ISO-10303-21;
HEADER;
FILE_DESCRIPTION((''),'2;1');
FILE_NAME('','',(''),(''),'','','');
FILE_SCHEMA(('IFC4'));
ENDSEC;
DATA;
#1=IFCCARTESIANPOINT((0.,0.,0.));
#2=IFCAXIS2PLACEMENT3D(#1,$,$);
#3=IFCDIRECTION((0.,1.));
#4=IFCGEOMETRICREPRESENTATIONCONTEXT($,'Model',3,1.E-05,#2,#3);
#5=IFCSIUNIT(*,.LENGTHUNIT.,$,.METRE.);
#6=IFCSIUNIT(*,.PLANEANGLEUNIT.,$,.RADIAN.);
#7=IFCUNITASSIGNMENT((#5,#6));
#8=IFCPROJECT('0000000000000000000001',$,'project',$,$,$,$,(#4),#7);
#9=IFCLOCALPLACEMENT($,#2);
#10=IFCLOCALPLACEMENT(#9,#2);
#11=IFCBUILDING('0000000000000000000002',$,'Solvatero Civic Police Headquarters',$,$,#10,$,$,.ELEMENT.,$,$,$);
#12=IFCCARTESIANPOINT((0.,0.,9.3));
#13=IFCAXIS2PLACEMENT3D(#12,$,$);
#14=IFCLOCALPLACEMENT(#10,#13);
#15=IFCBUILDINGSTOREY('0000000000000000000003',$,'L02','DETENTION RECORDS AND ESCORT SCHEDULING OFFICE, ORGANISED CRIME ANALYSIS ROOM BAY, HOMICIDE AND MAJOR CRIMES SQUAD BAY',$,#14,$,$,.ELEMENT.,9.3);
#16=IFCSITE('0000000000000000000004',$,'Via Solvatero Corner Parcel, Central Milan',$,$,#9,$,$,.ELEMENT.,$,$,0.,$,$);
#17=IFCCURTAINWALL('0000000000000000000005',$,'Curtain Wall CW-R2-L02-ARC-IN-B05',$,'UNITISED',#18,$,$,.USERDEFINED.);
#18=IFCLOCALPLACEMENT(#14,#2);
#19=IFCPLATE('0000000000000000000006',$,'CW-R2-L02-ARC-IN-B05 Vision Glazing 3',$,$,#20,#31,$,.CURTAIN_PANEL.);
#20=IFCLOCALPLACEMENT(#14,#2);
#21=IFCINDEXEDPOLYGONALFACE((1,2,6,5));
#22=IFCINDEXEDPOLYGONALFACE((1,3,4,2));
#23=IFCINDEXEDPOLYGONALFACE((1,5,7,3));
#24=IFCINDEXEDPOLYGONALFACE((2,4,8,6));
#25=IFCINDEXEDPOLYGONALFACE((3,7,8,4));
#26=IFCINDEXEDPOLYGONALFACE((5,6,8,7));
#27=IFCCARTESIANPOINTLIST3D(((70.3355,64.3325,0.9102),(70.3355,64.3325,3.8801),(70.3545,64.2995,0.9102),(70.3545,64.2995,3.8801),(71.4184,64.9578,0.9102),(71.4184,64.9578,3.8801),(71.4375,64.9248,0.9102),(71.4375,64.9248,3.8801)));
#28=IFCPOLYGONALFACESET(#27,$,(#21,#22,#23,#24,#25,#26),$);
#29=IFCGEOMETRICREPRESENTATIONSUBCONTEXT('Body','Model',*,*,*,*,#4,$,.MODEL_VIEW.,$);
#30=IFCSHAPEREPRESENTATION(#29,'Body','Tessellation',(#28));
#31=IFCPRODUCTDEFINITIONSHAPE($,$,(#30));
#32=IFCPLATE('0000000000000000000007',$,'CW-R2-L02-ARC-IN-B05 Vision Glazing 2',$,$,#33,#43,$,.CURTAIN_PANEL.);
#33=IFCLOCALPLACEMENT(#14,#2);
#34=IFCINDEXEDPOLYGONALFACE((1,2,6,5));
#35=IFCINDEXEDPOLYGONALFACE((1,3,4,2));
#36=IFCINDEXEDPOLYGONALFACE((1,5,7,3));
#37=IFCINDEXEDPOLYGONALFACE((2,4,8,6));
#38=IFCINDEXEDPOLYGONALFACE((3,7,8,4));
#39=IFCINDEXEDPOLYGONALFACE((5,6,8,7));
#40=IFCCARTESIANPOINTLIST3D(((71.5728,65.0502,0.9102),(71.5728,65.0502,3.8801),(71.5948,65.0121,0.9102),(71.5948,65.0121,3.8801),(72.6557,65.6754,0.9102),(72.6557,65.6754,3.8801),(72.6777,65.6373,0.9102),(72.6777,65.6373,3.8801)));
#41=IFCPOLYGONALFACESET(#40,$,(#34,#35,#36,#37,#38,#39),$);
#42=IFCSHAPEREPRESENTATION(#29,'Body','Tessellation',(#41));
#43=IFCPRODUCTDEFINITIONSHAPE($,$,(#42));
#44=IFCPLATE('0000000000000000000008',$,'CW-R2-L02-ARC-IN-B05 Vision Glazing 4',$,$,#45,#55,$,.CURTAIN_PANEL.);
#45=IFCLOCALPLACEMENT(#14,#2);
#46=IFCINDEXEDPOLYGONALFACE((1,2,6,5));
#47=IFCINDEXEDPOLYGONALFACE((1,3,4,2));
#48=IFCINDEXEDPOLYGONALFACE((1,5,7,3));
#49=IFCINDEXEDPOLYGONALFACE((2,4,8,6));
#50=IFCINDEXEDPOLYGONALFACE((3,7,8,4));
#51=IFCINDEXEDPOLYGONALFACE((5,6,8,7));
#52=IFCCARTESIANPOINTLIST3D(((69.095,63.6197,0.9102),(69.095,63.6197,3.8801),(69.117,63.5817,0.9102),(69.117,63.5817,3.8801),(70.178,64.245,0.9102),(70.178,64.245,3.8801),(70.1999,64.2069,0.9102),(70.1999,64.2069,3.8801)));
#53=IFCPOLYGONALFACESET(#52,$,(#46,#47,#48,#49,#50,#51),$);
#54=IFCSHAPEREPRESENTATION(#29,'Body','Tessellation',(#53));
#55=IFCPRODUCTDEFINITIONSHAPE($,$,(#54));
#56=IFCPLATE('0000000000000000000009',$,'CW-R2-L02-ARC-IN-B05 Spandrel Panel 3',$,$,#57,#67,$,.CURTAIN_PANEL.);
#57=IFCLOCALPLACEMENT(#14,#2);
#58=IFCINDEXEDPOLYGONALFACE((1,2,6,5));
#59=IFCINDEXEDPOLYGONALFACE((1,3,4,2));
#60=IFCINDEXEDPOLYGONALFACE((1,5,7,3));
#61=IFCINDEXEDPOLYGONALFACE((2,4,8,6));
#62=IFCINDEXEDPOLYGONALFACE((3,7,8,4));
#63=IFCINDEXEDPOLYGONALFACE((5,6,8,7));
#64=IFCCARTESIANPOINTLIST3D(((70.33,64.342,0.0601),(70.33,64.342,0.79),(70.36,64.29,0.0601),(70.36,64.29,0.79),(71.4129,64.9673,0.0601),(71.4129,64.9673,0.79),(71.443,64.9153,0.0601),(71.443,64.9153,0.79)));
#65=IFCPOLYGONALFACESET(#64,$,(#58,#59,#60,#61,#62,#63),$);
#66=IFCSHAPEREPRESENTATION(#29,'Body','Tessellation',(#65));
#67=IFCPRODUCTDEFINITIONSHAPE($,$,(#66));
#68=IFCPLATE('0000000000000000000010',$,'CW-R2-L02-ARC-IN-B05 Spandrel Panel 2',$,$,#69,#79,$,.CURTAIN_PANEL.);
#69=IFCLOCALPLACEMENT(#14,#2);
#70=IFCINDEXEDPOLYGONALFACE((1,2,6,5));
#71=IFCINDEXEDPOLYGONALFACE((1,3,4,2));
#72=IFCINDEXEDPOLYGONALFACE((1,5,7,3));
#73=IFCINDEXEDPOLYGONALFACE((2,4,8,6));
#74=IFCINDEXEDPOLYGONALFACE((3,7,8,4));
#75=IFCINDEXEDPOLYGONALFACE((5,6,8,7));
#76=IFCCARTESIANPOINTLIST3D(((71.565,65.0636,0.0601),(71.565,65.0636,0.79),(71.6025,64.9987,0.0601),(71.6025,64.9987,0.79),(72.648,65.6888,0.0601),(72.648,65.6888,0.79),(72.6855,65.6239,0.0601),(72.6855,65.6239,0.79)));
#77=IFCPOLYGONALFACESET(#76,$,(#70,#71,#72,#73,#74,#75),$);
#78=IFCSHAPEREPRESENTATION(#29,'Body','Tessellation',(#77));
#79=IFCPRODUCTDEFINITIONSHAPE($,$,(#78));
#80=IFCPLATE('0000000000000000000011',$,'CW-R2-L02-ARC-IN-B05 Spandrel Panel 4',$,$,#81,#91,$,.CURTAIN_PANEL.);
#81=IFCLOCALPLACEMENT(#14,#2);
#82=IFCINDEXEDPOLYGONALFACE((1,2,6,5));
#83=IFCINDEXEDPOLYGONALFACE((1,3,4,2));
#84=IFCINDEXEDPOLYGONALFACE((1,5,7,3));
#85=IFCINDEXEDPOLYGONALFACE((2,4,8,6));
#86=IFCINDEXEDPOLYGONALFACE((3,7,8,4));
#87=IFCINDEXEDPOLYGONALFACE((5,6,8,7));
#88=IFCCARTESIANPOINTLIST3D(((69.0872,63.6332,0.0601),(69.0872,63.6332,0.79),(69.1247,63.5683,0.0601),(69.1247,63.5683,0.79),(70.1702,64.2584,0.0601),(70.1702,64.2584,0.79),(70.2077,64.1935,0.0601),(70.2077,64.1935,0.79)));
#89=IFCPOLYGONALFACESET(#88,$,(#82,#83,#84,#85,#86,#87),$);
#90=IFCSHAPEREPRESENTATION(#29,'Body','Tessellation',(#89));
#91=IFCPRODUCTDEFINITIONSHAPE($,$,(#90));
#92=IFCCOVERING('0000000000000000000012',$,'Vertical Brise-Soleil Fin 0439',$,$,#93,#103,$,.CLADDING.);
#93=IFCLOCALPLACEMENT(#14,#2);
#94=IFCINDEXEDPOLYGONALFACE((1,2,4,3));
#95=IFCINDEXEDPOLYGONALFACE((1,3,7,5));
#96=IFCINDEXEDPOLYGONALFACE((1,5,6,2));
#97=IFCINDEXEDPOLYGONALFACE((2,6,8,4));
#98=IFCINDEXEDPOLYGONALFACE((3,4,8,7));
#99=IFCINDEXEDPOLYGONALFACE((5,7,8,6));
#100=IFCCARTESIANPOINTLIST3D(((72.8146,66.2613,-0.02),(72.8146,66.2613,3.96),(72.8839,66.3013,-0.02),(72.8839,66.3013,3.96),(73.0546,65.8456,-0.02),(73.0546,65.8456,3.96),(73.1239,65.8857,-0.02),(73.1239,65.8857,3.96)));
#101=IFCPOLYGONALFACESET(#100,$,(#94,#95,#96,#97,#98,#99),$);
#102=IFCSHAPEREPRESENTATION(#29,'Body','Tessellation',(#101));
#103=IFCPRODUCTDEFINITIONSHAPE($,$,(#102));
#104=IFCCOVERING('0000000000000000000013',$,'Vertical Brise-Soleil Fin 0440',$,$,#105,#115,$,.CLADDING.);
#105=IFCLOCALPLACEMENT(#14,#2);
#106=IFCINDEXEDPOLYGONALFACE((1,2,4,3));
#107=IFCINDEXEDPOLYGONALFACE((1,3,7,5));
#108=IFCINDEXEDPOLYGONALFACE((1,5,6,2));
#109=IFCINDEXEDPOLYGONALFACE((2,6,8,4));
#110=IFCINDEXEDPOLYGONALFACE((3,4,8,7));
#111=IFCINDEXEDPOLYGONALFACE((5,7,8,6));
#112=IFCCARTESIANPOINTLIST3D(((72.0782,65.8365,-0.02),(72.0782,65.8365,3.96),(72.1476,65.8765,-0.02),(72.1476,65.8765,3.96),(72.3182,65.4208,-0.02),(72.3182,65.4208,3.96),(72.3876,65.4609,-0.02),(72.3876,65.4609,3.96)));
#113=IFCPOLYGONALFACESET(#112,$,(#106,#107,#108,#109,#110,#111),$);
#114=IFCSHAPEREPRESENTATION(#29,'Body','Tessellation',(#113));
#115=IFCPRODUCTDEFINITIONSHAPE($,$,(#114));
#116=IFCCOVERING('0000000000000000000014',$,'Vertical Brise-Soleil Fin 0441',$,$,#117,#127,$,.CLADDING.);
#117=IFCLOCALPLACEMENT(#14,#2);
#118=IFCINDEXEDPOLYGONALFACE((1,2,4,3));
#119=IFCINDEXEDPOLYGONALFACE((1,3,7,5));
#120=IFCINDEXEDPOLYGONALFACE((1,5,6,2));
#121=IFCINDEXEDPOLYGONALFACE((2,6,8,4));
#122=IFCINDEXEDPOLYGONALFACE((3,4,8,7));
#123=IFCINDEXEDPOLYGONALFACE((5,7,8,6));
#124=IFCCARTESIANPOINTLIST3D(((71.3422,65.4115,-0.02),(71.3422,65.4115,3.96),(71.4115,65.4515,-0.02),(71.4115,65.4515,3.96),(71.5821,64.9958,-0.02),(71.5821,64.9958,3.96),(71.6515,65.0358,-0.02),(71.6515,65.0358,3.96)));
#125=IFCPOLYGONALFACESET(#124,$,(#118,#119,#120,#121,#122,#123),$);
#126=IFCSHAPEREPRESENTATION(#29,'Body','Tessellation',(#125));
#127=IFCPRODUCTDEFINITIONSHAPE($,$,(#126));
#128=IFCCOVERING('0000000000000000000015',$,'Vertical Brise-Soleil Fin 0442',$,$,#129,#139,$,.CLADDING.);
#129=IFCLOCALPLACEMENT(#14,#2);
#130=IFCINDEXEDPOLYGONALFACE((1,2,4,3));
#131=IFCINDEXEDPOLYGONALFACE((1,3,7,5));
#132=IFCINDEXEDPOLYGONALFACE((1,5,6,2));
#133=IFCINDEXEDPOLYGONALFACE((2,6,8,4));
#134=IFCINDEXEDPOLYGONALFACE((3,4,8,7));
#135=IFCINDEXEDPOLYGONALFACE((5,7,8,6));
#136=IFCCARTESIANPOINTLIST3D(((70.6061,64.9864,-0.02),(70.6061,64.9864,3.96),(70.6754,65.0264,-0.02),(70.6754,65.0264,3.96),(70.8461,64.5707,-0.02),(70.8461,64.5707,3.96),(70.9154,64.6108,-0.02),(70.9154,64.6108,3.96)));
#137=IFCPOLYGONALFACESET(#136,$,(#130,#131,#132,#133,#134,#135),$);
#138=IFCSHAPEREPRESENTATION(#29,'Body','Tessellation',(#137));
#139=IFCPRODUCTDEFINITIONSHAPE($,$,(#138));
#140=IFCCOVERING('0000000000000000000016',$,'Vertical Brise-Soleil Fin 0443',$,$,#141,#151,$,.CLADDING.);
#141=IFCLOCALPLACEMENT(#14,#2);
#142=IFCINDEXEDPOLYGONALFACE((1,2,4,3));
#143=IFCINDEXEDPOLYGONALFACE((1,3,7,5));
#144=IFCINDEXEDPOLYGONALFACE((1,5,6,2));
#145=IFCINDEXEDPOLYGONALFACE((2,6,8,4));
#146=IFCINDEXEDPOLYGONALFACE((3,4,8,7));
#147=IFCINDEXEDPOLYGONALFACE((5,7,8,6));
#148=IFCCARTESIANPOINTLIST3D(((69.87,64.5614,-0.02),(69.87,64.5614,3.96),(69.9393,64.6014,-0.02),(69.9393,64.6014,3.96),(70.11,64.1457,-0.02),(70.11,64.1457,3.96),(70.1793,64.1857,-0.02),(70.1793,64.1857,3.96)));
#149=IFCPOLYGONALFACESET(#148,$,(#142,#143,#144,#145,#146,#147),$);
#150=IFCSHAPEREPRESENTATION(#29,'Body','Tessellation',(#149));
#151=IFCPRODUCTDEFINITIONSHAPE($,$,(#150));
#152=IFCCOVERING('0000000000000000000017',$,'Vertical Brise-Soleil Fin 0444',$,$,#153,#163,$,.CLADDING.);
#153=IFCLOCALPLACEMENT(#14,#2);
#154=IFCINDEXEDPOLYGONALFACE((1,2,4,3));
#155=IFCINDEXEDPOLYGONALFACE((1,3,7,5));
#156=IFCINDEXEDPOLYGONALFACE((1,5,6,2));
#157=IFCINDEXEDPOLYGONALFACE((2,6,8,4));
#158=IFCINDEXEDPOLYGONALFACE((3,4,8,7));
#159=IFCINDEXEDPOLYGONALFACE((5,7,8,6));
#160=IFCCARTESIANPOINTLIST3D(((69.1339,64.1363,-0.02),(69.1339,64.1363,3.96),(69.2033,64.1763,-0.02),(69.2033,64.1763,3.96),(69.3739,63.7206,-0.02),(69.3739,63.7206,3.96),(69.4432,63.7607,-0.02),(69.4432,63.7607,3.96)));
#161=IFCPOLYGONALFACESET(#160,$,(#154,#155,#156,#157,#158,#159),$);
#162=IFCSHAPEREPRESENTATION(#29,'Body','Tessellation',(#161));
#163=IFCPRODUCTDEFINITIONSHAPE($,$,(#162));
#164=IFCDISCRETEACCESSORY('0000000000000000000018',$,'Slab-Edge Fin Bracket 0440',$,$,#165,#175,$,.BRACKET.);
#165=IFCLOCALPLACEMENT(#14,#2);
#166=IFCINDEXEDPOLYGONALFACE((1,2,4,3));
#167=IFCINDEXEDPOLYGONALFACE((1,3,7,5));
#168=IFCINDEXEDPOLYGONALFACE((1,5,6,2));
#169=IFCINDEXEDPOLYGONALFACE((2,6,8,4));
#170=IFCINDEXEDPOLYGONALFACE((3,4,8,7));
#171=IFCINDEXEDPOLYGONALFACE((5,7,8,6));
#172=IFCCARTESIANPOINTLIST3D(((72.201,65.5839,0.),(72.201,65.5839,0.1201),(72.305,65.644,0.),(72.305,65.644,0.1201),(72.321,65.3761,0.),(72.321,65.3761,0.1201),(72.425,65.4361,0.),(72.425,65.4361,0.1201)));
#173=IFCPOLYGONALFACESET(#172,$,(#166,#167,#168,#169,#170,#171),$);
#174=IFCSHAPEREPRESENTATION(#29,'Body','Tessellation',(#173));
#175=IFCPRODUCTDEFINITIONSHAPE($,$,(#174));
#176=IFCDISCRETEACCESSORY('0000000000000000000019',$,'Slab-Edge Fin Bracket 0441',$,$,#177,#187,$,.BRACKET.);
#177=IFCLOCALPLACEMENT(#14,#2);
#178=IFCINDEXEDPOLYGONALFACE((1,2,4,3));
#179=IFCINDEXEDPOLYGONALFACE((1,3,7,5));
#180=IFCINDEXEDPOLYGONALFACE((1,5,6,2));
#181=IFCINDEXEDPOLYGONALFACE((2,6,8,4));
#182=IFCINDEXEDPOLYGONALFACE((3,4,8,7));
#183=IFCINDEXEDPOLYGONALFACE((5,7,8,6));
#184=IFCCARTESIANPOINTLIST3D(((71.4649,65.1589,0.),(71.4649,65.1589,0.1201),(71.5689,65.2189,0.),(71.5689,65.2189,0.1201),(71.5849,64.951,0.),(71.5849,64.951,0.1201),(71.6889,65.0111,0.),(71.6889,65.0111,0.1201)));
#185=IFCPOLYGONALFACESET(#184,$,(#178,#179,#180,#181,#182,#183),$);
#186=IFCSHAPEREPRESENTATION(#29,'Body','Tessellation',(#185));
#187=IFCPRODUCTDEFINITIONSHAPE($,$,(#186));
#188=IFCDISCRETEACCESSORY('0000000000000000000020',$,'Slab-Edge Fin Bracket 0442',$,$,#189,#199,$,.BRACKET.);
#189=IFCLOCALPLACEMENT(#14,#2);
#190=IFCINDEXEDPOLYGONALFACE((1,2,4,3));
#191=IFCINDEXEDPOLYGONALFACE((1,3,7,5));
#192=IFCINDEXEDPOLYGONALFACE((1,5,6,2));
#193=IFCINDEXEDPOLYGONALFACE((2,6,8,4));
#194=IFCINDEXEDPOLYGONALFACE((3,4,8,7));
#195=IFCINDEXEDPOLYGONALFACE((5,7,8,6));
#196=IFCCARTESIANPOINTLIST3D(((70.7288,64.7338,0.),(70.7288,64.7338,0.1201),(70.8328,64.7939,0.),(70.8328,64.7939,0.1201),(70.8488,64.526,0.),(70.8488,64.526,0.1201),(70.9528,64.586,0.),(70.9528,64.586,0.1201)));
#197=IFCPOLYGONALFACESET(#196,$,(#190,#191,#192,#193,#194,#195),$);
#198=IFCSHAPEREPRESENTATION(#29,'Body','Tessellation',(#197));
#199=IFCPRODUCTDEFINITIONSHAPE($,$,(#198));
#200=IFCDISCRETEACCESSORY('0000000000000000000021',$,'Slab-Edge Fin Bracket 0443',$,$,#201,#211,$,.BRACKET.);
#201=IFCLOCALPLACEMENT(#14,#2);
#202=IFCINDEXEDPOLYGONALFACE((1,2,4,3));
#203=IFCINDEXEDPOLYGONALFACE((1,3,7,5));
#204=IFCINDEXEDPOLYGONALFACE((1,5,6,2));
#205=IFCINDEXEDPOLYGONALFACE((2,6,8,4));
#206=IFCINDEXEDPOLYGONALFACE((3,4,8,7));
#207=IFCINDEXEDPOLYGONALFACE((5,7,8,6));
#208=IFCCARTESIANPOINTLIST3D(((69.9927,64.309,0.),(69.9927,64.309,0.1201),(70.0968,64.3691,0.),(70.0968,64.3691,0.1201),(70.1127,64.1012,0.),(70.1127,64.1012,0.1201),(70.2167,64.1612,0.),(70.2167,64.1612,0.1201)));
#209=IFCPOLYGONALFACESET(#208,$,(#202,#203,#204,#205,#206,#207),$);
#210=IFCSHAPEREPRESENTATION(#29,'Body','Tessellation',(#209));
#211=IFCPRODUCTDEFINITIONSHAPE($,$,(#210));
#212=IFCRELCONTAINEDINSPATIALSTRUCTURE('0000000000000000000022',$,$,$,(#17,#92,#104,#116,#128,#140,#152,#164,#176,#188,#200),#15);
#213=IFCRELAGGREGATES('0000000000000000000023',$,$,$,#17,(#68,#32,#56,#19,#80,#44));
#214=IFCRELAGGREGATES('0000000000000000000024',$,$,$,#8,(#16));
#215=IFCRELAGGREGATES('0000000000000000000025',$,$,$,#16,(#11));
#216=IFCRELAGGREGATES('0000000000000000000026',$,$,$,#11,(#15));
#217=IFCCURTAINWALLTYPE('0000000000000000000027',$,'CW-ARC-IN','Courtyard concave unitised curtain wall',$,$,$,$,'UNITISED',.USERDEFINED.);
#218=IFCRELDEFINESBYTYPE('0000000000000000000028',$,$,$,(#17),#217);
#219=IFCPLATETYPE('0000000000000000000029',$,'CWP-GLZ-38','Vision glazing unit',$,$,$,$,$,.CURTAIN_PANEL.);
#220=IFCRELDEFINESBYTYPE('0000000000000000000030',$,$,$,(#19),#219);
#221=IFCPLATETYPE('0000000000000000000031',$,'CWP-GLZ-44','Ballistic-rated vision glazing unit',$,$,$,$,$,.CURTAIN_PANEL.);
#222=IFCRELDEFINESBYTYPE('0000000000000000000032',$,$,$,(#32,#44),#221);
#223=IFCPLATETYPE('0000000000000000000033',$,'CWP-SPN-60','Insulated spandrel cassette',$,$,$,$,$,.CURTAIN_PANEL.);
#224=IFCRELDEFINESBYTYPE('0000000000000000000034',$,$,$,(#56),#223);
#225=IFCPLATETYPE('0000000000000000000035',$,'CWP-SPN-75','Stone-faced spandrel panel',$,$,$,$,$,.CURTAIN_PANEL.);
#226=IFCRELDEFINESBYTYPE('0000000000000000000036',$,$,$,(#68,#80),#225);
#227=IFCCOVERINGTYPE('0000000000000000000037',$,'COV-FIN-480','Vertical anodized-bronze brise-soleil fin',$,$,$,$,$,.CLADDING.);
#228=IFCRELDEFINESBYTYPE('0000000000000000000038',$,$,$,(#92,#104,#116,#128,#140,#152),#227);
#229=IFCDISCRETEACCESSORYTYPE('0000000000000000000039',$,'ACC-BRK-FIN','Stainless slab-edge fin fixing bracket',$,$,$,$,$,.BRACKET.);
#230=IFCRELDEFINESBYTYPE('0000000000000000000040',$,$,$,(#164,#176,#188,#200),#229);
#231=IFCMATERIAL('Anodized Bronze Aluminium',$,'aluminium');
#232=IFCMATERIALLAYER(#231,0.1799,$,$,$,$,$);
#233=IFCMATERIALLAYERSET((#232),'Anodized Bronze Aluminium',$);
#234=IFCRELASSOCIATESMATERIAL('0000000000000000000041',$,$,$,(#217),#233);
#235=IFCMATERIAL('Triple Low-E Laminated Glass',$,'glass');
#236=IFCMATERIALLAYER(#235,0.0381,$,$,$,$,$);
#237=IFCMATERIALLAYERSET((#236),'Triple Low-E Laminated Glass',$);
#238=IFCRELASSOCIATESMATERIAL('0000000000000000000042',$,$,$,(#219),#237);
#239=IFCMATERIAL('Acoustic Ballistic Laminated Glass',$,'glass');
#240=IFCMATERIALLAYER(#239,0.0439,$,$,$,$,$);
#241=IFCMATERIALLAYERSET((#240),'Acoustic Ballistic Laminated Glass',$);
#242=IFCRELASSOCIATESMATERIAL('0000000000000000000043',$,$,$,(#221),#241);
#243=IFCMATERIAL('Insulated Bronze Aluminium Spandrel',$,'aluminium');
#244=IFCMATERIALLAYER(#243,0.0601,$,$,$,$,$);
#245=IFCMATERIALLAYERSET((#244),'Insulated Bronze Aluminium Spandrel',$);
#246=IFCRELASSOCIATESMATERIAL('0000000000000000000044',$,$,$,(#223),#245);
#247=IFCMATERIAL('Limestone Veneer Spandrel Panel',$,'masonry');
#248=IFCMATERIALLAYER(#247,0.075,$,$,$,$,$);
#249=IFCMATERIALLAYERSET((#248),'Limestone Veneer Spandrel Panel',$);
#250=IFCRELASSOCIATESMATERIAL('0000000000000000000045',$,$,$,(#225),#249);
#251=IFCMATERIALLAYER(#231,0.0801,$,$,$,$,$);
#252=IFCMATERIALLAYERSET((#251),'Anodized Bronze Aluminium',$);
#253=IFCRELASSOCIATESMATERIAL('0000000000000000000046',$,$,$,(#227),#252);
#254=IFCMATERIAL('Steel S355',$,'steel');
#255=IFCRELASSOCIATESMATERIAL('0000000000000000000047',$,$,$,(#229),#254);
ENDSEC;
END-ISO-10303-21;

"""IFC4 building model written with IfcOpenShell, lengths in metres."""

from ifc_helpers import new_model, si_unit, direction, frame, origin, origin_2d, place, context, subcontext, project, spatial, rectangle, extrude, material, layer, layer_set, type_object, element, aggregate, save


model = new_model("IFC4")

# Units and contexts
model_context = context("Model", 3, precision=1e-05, world=origin(), true_north=direction((0.0, 1.0)))
body_context = subcontext(model_context, "Body", "Model", "MODEL_VIEW")
ifc_project = project(units=[si_unit("LENGTHUNIT", "METRE"), si_unit("PLANEANGLEUNIT", "RADIAN")], contexts=[model_context])

# Site, building, storey
site_placement = place(None, origin())
site = spatial("IfcSite", under=ifc_project, at=site_placement, Name="Via Solvatero Corner Parcel, Central Milan", CompositionType="ELEMENT", RefElevation=0.0)
building_placement = place(site_placement, origin())
building = spatial("IfcBuilding", under=site, at=building_placement, Name="Solvatero Civic Police Headquarters", CompositionType="ELEMENT")
storey_placement = place(building_placement, frame((0.0, 0.0, 9.3)))
storey = spatial("IfcBuildingStorey", under=building, at=storey_placement, Name="L02", Description="DETENTION RECORDS AND ESCORT SCHEDULING OFFICE, ORGANISED CRIME ANALYSIS ROOM BAY, HOMICIDE AND MAJOR CRIMES SQUAD BAY", CompositionType="ELEMENT", Elevation=9.3)

# Shared definitions
ifc_material_1 = material(Name="Steel S355", Category="steel")

# Curtain wall, plates
ifc_material_2 = material(Name="Anodized Bronze Aluminium", Category="aluminium")
ifc_layer_1 = layer(ifc_material_2, 0.1799)
ifc_layer_set_1 = layer_set([ifc_layer_1], Name="Anodized Bronze Aluminium")
curtain_wall_type = type_object("IfcCurtainWallType", Name="CW-ARC-IN", Description="Courtyard concave unitised curtain wall", ElementType="UNITISED", PredefinedType="USERDEFINED", material=ifc_layer_set_1)
curtain_wall_placement = place(storey_placement, origin())
curtain_wall = element("IfcCurtainWall", 1, at=curtain_wall_placement, inside=storey, type_object=curtain_wall_type, Name="Curtain Wall CW-R2-L02-ARC-IN-B05", ObjectType="UNITISED", PredefinedType="USERDEFINED")
ifc_material_3 = material(Name="Triple Low-E Laminated Glass", Category="glass")
ifc_layer_2 = layer(ifc_material_3, 0.0381)
ifc_layer_set_2 = layer_set([ifc_layer_2], Name="Triple Low-E Laminated Glass")
plate_type_1 = type_object("IfcPlateType", Name="CWP-GLZ-38", Description="Vision glazing unit", PredefinedType="CURTAIN_PANEL", material=ifc_layer_set_2)
plate_1_placement = place(storey_placement, frame((70.8865, 64.6287, 0.9102), z_axis=(0.0, 0.0, 1.0), x_axis=(-0.866025, -0.5, 0.0)))
plate_1 = element("IfcPlate", 2, at=plate_1_placement, type_object=plate_type_1, Name="CW-R2-L02-ARC-IN-B05 Vision Glazing 3", PredefinedType="CURTAIN_PANEL", context=body_context, shape_type="SweptSolid", body=[
    extrude(rectangle(XDim=1.2505, YDim=0.0381, at=origin_2d()), origin(), (0.0, 0.0, 1.0), 2.97),
])
ifc_material_4 = material(Name="Acoustic Ballistic Laminated Glass", Category="glass")
ifc_layer_3 = layer(ifc_material_4, 0.0439)
ifc_layer_set_3 = layer_set([ifc_layer_3], Name="Acoustic Ballistic Laminated Glass")
plate_type_2 = type_object("IfcPlateType", Name="CWP-GLZ-44", Description="Ballistic-rated vision glazing unit", PredefinedType="CURTAIN_PANEL", material=ifc_layer_set_3)
plate_2_placement = place(storey_placement, frame((72.1252, 65.3438, 0.9102), z_axis=(0.0, 0.0, 1.0), x_axis=(-0.866025, -0.5, 0.0)))
plate_2 = element("IfcPlate", 3, at=plate_2_placement, type_object=plate_type_2, Name="CW-R2-L02-ARC-IN-B05 Vision Glazing 2", PredefinedType="CURTAIN_PANEL", context=body_context, shape_type="SweptSolid", body=[
    extrude(rectangle(XDim=1.2505, YDim=0.0439, at=origin_2d()), origin(), (0.0, 0.0, 1.0), 2.97),
])
plate_3_placement = place(storey_placement, frame((69.6475, 63.9133, 0.9102), z_axis=(0.0, 0.0, 1.0), x_axis=(-0.866025, -0.5, 0.0)))
plate_3 = element("IfcPlate", 4, at=plate_3_placement, type_object=plate_type_2, Name="CW-R2-L02-ARC-IN-B05 Vision Glazing 4", PredefinedType="CURTAIN_PANEL", context=body_context, shape_type="SweptSolid", body=[
    extrude(rectangle(XDim=1.2505, YDim=0.0439, at=origin_2d()), origin(), (0.0, 0.0, 1.0), 2.97),
])
ifc_material_5 = material(Name="Insulated Bronze Aluminium Spandrel", Category="aluminium")
ifc_layer_4 = layer(ifc_material_5, 0.0601)
ifc_layer_set_4 = layer_set([ifc_layer_4], Name="Insulated Bronze Aluminium Spandrel")
plate_type_3 = type_object("IfcPlateType", Name="CWP-SPN-60", Description="Insulated spandrel cassette", PredefinedType="CURTAIN_PANEL", material=ifc_layer_set_4)
plate_4_placement = place(storey_placement, frame((70.8865, 64.6287, 0.0601), z_axis=(0.0, 0.0, 1.0), x_axis=(-0.866025, -0.5, 0.0)))
plate_4 = element("IfcPlate", 5, at=plate_4_placement, type_object=plate_type_3, Name="CW-R2-L02-ARC-IN-B05 Spandrel Panel 3", PredefinedType="CURTAIN_PANEL", context=body_context, shape_type="SweptSolid", body=[
    extrude(rectangle(XDim=1.2505, YDim=0.0601, at=origin_2d()), origin(), (0.0, 0.0, 1.0), 0.73),
])
ifc_material_6 = material(Name="Limestone Veneer Spandrel Panel", Category="masonry")
ifc_layer_5 = layer(ifc_material_6, 0.075)
ifc_layer_set_5 = layer_set([ifc_layer_5], Name="Limestone Veneer Spandrel Panel")
plate_type_4 = type_object("IfcPlateType", Name="CWP-SPN-75", Description="Stone-faced spandrel panel", PredefinedType="CURTAIN_PANEL", material=ifc_layer_set_5)
plate_5_placement = place(storey_placement, frame((72.1252, 65.3438, 0.0601), z_axis=(0.0, 0.0, 1.0), x_axis=(-0.866025, -0.5, 0.0)))
plate_5 = element("IfcPlate", 6, at=plate_5_placement, type_object=plate_type_4, Name="CW-R2-L02-ARC-IN-B05 Spandrel Panel 2", PredefinedType="CURTAIN_PANEL", context=body_context, shape_type="SweptSolid", body=[
    extrude(rectangle(XDim=1.2505, YDim=0.075, at=origin_2d()), origin(), (0.0, 0.0, 1.0), 0.73),
])
plate_6_placement = place(storey_placement, frame((69.6475, 63.9133, 0.0601), z_axis=(0.0, 0.0, 1.0), x_axis=(-0.866025, -0.5, 0.0)))
plate_6 = element("IfcPlate", 7, at=plate_6_placement, type_object=plate_type_4, Name="CW-R2-L02-ARC-IN-B05 Spandrel Panel 4", PredefinedType="CURTAIN_PANEL", context=body_context, shape_type="SweptSolid", body=[
    extrude(rectangle(XDim=1.2505, YDim=0.075, at=origin_2d()), origin(), (0.0, 0.0, 1.0), 0.73),
])
aggregate(curtain_wall, [plate_5, plate_2, plate_4, plate_1, plate_6, plate_3])

# Coverings
ifc_layer_6 = layer(ifc_material_2, 0.0801)
ifc_layer_set_6 = layer_set([ifc_layer_6], Name="Anodized Bronze Aluminium")
covering_type = type_object("IfcCoveringType", Name="COV-FIN-480", Description="Vertical anodized-bronze brise-soleil fin", PredefinedType="CLADDING", material=ifc_layer_set_6)
for number, where, z_axis, x_axis, name in (
    (8, (72.9692, 66.0735, -0.02), (0.0, 0.0, 1.0), (-0.866025, -0.5, 0.0), "Vertical Brise-Soleil Fin 0439"),
    (9, (72.2329, 65.6487, -0.02), (0.0, 0.0, 1.0), (-0.866025, -0.5, 0.0), "Vertical Brise-Soleil Fin 0440"),
    (10, (71.4968, 65.2236, -0.02), (0.0, 0.0, 1.0), (-0.866025, -0.5, 0.0), "Vertical Brise-Soleil Fin 0441"),
    (11, (70.7607, 64.7986, -0.02), (0.0, 0.0, 1.0), (-0.866025, -0.5, 0.0), "Vertical Brise-Soleil Fin 0442"),
    (12, (70.0247, 64.3735, -0.02), (0.0, 0.0, 1.0), (-0.866025, -0.5, 0.0), "Vertical Brise-Soleil Fin 0443"),
    (13, (69.2886, 63.9485, -0.02), (0.0, 0.0, 1.0), (-0.866025, -0.5, 0.0), "Vertical Brise-Soleil Fin 0444"),
):
    element("IfcCovering", number, at=place(storey_placement, frame(where, z_axis=z_axis, x_axis=x_axis)), inside=storey, type_object=covering_type, Name=name, PredefinedType="CLADDING", context=body_context, shape_type="SweptSolid", body=[
        extrude(rectangle(XDim=0.0801, YDim=0.48, at=origin_2d()), origin(), (0.0, 0.0, 1.0), 3.98),
    ])

# Discrete accessories
discrete_accessory_type = type_object("IfcDiscreteAccessoryType", Name="ACC-BRK-FIN", Description="Stainless slab-edge fin fixing bracket", PredefinedType="BRACKET", material=ifc_material_1)
for number, where, z_axis, x_axis, name in (
    (14, (72.313, 65.51, 0.0), (0.0, 0.0, 1.0), (-0.866025, -0.5, 0.0), "Slab-Edge Fin Bracket 0440"),
    (15, (71.5769, 65.085, 0.0), (0.0, 0.0, 1.0), (-0.866025, -0.5, 0.0), "Slab-Edge Fin Bracket 0441"),
    (16, (70.8408, 64.6599, 0.0), (0.0, 0.0, 1.0), (-0.866025, -0.5, 0.0), "Slab-Edge Fin Bracket 0442"),
    (17, (70.1047, 64.2351, 0.0), (0.0, 0.0, 1.0), (-0.866025, -0.5, 0.0), "Slab-Edge Fin Bracket 0443"),
):
    element("IfcDiscreteAccessory", number, at=place(storey_placement, frame(where, z_axis=z_axis, x_axis=x_axis)), inside=storey, type_object=discrete_accessory_type, Name=name, PredefinedType="BRACKET", context=body_context, shape_type="SweptSolid", body=[
        extrude(rectangle(XDim=0.1201, YDim=0.24, at=origin_2d()), origin(), (0.0, 0.0, 1.0), 0.1201),
    ])

save(model, "model.ifc")
